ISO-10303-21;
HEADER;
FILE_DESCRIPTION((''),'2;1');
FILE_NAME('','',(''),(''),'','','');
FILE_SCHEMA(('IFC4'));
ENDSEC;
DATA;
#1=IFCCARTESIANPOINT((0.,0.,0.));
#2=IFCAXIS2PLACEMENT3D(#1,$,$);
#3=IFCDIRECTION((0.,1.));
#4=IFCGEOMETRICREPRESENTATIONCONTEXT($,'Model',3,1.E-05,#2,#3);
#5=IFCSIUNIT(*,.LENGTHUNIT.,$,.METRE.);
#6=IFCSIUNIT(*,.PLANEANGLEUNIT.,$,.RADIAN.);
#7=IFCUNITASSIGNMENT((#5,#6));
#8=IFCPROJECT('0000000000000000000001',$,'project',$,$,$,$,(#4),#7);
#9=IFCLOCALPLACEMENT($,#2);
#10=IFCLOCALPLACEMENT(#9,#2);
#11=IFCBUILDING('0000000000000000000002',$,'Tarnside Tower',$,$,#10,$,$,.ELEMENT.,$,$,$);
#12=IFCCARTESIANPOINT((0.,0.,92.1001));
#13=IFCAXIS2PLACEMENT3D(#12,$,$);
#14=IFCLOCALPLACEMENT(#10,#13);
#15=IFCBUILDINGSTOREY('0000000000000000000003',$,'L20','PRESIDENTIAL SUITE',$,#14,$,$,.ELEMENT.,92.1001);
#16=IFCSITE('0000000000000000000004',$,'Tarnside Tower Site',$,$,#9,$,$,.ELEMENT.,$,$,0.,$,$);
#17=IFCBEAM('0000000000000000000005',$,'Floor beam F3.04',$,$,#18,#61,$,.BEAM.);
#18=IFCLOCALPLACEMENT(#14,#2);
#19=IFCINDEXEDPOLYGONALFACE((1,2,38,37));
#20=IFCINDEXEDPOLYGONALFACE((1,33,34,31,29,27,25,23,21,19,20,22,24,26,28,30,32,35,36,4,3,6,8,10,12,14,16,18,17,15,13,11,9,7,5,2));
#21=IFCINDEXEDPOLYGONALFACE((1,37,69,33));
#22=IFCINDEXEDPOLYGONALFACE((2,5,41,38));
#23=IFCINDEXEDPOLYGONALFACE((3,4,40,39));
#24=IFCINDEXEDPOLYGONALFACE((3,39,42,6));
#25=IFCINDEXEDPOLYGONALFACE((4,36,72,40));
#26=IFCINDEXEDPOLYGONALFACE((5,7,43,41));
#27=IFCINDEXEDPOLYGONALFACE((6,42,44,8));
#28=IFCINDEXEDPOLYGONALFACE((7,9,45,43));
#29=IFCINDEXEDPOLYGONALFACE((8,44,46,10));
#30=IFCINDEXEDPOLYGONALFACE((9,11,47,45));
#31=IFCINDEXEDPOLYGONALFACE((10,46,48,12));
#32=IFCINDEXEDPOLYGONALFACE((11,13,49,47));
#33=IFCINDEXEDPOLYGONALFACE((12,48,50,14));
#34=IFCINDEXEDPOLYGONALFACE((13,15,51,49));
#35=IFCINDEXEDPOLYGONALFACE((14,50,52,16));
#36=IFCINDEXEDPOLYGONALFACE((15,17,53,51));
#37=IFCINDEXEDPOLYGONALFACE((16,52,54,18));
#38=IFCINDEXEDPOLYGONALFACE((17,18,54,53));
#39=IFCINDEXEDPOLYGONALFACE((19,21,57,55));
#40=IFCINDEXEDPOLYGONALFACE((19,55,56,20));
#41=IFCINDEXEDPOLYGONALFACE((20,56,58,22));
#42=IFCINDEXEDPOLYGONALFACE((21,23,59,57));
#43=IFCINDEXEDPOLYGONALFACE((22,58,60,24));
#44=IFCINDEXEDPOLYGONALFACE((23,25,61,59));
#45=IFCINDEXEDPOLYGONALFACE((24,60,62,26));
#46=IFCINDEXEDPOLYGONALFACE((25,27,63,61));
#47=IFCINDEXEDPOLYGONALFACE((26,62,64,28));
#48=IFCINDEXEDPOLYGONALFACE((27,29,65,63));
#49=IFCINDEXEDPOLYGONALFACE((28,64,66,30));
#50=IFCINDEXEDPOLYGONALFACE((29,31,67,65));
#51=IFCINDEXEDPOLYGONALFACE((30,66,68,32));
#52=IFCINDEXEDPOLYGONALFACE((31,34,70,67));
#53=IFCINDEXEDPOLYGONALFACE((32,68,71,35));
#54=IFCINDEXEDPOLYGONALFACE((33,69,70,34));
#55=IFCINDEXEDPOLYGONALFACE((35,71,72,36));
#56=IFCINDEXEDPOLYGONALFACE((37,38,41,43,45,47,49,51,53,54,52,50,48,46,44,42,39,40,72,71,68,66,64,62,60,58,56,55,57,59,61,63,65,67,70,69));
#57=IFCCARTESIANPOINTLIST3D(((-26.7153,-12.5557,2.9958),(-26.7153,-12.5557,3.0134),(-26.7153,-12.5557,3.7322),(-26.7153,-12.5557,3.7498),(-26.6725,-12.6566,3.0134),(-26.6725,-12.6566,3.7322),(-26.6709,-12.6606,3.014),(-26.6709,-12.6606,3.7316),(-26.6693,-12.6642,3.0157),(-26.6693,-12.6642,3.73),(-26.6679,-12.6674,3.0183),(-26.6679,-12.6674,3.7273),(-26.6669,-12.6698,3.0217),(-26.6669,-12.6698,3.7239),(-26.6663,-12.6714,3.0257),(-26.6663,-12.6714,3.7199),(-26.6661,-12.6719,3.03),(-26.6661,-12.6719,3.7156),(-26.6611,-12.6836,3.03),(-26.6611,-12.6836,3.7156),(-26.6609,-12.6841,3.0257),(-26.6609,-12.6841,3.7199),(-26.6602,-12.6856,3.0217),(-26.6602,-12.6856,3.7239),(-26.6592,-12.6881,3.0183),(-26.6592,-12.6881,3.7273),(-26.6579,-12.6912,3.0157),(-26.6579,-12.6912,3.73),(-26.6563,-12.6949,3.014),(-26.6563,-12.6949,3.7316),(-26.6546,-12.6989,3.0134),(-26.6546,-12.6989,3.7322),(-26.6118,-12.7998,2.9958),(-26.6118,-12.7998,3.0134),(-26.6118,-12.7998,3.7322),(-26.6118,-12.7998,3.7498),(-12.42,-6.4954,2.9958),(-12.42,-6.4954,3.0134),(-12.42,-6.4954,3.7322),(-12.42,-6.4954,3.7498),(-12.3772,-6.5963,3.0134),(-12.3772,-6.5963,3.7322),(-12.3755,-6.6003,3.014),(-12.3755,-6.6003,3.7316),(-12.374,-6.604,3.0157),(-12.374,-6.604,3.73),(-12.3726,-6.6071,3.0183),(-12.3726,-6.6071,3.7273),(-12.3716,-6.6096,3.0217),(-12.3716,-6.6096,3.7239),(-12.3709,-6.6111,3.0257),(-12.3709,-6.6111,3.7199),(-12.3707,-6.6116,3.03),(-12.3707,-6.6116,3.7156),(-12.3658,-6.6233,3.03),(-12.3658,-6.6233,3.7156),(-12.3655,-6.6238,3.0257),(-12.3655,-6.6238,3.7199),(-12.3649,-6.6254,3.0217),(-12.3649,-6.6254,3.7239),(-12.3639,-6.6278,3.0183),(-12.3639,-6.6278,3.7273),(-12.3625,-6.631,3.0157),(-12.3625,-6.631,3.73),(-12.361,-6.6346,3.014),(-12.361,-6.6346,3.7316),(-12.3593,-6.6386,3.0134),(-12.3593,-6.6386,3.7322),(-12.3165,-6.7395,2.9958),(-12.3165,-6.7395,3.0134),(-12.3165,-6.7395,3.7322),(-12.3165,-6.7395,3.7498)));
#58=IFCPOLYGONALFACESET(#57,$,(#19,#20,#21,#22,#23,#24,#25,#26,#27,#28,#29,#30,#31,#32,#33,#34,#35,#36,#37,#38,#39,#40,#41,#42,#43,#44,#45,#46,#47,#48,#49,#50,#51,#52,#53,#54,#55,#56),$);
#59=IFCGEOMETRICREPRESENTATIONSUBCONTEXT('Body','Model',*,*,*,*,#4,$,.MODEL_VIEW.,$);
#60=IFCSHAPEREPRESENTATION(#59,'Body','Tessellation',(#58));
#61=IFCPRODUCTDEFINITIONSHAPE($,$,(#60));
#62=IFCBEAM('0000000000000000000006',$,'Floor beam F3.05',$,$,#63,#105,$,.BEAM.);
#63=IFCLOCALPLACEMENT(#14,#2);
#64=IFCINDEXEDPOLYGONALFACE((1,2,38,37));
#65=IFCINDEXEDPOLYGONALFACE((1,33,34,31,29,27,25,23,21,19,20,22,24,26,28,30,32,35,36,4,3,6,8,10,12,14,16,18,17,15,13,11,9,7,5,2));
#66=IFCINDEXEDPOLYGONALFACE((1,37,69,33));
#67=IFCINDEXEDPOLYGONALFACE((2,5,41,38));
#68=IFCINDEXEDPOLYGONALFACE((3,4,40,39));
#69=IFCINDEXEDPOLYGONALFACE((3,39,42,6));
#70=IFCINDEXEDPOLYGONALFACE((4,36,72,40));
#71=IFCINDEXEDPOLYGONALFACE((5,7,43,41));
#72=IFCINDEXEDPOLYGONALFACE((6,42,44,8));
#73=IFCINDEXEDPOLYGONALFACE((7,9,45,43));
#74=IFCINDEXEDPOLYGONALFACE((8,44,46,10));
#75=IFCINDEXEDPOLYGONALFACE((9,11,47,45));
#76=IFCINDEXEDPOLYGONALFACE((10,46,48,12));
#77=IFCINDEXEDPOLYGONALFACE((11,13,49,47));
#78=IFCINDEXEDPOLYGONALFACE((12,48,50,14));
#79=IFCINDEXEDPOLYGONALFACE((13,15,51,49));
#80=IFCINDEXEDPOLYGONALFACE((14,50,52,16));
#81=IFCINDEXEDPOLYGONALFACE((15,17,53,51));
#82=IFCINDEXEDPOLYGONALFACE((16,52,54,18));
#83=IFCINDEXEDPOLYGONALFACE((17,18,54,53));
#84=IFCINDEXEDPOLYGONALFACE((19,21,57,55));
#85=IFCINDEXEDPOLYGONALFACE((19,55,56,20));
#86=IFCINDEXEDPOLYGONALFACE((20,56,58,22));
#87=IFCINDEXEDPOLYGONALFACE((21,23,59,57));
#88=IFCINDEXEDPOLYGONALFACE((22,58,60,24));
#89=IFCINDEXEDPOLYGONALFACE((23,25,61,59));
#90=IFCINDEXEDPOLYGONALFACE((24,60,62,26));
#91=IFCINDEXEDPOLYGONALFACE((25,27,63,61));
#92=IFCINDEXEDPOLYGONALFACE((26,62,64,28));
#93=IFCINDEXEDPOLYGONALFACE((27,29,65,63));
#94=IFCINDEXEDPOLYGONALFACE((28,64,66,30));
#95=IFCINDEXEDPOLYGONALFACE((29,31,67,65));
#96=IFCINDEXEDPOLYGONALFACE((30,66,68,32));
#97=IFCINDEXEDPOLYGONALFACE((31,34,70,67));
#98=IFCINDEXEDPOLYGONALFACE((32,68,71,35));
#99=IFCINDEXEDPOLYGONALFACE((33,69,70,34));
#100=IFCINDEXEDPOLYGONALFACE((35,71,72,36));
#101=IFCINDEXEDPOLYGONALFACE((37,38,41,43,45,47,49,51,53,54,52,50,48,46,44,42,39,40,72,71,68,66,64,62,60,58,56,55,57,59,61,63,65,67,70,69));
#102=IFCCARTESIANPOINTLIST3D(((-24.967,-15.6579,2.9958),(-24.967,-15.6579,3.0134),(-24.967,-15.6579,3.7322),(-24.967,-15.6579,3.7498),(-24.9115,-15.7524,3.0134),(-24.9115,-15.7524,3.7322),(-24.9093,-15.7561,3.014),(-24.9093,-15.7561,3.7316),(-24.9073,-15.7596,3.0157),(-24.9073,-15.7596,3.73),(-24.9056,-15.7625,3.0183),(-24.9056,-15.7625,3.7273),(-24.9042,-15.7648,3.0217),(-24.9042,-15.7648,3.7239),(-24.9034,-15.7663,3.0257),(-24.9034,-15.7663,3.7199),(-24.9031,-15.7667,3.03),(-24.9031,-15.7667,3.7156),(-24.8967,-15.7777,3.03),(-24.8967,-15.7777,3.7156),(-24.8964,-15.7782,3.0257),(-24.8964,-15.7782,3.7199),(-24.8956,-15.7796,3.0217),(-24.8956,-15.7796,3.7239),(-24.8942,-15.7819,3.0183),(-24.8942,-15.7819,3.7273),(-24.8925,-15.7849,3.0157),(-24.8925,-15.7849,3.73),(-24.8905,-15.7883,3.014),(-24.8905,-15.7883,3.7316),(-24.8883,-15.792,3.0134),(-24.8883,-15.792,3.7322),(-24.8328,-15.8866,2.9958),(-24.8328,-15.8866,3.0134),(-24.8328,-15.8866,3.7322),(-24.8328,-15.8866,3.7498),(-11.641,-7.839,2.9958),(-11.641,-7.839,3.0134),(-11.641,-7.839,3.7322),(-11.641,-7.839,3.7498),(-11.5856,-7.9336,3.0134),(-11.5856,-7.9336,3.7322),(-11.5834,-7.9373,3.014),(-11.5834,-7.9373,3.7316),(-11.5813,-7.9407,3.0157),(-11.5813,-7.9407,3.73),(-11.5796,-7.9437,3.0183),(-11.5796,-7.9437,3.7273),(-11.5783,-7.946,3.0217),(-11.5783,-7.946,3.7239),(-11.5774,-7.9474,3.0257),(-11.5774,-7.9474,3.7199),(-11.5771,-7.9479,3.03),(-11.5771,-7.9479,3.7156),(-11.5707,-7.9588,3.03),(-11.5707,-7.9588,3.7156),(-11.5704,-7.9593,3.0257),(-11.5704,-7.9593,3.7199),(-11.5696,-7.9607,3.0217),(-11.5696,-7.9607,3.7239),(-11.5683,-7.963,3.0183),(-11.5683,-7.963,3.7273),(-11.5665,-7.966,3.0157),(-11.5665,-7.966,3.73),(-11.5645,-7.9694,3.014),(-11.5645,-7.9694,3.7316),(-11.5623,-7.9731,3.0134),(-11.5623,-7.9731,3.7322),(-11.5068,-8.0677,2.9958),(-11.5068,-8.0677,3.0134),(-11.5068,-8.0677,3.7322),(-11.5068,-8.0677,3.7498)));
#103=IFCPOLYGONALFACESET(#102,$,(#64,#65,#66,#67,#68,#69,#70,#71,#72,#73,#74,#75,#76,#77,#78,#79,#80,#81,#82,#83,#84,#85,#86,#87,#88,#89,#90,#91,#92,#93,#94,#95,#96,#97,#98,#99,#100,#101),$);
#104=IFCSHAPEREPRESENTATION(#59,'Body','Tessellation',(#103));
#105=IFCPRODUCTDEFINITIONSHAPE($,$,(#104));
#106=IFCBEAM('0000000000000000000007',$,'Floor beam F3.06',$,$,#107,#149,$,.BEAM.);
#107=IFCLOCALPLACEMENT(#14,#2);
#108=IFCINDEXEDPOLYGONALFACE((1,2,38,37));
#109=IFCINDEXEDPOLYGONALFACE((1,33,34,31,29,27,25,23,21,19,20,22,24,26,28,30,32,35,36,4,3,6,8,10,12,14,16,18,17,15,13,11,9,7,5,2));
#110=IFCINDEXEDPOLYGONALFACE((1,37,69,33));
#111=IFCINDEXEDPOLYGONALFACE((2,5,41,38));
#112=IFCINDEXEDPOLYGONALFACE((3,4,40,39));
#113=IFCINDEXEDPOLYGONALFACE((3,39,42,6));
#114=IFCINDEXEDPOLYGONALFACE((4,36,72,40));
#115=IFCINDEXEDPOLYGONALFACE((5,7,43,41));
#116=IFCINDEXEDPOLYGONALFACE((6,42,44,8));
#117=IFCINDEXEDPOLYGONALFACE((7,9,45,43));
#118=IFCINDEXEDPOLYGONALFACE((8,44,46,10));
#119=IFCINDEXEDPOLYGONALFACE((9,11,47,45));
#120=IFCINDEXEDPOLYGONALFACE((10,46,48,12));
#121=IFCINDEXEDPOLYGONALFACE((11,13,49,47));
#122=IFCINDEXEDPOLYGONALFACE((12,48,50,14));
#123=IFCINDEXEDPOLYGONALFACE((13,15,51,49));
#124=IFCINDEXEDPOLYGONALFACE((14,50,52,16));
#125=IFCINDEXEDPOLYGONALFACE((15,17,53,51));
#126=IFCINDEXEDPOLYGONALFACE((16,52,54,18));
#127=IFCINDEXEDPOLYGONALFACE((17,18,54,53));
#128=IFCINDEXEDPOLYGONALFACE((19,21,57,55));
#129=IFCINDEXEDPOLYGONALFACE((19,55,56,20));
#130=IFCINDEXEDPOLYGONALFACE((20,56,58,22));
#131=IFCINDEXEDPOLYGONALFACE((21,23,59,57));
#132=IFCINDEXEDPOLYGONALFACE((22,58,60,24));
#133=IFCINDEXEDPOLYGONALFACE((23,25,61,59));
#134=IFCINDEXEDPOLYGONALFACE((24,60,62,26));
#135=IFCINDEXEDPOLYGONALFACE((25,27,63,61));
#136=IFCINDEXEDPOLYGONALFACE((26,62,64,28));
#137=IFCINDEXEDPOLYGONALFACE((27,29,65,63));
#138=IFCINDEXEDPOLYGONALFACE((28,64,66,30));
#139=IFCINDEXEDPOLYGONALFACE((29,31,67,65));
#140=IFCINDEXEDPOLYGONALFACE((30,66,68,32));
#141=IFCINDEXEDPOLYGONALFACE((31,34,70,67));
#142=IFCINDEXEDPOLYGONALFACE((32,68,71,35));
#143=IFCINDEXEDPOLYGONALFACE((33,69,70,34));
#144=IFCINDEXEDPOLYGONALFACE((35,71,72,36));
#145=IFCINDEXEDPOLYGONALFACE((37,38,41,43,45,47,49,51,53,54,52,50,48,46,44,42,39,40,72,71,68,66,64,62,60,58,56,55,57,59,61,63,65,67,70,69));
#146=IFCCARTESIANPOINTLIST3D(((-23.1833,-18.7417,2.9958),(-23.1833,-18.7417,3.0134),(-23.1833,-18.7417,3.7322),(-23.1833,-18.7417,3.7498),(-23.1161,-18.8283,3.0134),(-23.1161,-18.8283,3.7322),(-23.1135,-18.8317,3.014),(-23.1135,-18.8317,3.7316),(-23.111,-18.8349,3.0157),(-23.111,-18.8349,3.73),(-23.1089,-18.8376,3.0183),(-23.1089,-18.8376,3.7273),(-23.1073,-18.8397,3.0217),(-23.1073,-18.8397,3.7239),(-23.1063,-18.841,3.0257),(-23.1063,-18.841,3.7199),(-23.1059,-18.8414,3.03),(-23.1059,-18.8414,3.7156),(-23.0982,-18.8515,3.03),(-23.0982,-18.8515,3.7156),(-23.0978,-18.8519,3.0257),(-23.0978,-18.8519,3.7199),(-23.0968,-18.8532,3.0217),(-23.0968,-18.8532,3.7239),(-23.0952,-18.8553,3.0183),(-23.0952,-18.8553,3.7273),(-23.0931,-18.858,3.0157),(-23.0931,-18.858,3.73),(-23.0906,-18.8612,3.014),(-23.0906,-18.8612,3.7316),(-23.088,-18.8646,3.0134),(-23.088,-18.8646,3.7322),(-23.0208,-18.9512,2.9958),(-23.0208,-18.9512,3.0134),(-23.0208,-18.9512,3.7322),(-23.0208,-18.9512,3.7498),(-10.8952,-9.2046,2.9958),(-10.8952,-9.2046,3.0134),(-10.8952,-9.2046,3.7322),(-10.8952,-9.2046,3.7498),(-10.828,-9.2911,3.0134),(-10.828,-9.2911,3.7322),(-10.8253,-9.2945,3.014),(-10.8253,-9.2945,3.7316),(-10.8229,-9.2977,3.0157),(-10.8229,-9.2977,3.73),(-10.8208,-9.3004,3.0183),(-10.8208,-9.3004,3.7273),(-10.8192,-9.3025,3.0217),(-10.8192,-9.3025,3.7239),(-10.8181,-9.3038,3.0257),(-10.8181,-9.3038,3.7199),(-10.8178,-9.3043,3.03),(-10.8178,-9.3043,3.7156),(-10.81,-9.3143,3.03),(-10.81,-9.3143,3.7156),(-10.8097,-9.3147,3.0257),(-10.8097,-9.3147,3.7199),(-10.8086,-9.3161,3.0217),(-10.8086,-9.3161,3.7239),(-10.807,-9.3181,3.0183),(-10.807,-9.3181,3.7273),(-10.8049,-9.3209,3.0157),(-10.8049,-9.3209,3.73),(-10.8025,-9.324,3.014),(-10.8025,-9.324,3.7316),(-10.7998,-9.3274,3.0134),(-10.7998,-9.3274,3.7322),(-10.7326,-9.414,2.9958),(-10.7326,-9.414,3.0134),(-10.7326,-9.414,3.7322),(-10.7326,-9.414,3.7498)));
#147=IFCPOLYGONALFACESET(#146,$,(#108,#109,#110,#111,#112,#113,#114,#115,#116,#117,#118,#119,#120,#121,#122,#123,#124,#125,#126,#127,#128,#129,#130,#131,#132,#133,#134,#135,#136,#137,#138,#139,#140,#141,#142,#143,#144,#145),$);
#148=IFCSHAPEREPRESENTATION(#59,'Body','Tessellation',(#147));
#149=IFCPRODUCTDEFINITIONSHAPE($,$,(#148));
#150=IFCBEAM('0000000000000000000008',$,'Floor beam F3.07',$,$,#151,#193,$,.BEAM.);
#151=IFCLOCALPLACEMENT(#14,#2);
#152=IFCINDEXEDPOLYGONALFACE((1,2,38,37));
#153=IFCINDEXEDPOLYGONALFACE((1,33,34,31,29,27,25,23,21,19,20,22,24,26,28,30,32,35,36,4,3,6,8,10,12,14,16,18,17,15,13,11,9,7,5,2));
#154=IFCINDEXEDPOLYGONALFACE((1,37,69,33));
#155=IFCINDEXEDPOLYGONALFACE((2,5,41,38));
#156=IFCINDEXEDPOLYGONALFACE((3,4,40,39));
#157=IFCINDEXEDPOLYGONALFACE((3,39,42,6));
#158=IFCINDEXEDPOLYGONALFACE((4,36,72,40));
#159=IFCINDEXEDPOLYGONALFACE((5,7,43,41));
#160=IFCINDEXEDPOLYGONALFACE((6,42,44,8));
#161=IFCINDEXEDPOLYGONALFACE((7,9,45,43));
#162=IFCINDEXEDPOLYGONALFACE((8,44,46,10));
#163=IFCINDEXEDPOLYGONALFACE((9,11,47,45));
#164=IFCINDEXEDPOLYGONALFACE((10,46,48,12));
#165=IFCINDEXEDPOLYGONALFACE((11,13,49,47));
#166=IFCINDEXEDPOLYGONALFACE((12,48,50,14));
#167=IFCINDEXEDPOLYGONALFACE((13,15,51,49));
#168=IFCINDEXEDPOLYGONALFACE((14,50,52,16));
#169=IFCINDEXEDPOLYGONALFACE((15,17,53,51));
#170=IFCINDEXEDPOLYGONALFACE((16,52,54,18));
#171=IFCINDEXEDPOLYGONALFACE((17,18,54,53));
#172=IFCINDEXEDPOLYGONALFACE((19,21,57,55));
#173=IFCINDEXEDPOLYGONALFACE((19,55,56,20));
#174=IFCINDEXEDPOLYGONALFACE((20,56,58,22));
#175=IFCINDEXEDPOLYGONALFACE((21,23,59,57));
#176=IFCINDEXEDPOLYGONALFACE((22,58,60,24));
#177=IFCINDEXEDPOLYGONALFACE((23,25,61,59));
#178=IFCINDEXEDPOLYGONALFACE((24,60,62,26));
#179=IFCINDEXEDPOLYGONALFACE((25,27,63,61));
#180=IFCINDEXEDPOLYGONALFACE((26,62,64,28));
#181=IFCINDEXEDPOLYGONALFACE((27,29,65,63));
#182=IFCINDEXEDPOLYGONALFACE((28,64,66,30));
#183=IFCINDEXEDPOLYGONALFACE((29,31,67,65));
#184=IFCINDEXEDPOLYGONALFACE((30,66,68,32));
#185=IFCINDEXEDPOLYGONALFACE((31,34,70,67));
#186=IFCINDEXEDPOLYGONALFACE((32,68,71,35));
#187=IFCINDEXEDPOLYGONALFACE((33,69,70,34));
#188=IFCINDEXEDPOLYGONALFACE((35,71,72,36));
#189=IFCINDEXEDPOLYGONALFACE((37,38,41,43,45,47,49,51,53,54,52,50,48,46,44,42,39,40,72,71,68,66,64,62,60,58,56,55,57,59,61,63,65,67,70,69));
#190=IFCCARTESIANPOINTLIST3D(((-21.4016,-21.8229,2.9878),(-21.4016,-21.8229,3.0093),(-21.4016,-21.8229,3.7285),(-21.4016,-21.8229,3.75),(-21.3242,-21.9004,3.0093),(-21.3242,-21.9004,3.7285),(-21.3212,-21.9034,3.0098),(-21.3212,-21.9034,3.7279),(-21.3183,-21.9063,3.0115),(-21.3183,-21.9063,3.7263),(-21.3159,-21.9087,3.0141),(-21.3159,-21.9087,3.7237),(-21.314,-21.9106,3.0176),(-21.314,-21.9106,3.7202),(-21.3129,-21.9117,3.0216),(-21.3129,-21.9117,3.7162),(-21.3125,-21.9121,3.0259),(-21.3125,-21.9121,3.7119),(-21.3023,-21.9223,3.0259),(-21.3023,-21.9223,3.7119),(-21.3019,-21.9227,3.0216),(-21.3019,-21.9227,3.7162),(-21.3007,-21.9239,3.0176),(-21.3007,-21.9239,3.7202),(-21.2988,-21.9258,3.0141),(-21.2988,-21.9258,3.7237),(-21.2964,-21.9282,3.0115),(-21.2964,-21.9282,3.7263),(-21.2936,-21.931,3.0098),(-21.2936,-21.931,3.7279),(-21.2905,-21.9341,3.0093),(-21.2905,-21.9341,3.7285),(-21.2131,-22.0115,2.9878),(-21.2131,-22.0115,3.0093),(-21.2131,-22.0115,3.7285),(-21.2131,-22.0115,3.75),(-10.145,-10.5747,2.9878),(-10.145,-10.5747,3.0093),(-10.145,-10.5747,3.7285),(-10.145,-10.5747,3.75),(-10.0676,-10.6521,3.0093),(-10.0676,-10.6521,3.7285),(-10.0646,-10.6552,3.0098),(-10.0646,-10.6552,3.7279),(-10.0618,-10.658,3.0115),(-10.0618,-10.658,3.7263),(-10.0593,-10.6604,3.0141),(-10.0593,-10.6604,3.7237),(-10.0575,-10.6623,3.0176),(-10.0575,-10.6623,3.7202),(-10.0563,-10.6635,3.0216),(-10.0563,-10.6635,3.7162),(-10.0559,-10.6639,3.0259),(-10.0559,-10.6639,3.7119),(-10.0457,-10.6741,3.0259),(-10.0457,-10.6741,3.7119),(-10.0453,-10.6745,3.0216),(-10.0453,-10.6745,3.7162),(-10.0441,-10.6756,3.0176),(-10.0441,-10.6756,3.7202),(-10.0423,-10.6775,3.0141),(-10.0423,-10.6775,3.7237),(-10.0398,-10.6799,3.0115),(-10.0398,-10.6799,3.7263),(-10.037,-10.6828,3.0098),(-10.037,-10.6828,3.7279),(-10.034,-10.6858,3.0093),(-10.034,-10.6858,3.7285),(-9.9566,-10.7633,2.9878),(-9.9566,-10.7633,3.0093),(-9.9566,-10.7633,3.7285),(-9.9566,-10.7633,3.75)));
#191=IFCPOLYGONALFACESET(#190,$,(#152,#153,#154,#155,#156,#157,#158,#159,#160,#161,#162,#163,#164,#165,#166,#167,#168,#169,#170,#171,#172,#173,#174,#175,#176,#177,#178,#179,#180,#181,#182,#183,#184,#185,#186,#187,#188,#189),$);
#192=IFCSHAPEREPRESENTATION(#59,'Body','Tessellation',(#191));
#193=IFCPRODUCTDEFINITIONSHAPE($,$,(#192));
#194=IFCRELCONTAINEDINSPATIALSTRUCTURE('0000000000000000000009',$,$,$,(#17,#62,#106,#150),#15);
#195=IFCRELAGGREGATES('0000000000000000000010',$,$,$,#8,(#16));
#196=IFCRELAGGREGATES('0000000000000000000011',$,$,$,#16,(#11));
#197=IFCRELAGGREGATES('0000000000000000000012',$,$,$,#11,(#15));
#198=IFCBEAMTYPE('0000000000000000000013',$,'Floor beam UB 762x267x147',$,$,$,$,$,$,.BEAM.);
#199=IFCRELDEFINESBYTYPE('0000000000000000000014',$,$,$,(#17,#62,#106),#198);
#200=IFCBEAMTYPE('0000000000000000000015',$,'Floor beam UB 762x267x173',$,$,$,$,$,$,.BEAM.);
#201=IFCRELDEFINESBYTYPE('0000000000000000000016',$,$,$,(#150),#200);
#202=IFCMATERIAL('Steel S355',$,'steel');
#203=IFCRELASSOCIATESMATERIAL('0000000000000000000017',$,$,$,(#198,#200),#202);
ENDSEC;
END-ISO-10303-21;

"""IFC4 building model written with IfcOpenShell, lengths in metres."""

from ifc_helpers import new_model, si_unit, direction, frame, origin, origin_2d, place, context, subcontext, project, spatial, i_section, extrude, material, material_profile, profile_set, type_object, element, save


model = new_model("IFC4")

# Units and contexts
model_context = context("Model", 3, precision=1e-05, world=origin(), true_north=direction((0.0, 1.0)))
body_context = subcontext(model_context, "Body", "Model", "MODEL_VIEW")
ifc_project = project(units=[si_unit("LENGTHUNIT", "METRE"), si_unit("PLANEANGLEUNIT", "RADIAN")], contexts=[model_context])

# Site, building, storey
site_placement = place(None, origin())
site = spatial("IfcSite", under=ifc_project, at=site_placement, Name="Tarnside Tower Site", CompositionType="ELEMENT", RefElevation=0.0)
building_placement = place(site_placement, origin())
building = spatial("IfcBuilding", under=site, at=building_placement, Name="Tarnside Tower", CompositionType="ELEMENT")
storey_placement = place(building_placement, frame((0.0, 0.0, 92.1001)))
storey = spatial("IfcBuildingStorey", under=building, at=storey_placement, Name="L20", Description="PRESIDENTIAL SUITE", CompositionType="ELEMENT", Elevation=92.1001)

# Beams
ifc_material_1 = material(Name="Steel S355", Category="steel")
ifc_material_profile_1 = material_profile(ifc_material_1, i_section(OverallWidth=0.2651, OverallDepth=0.7539, WebThickness=0.0127, FlangeThickness=0.0176, FilletRadius=0.0166, at=origin_2d()), Name="UB 762x267x147")
ifc_profile_set_1 = profile_set([ifc_material_profile_1], Name="Steel S355")
beam_type_1 = type_object("IfcBeamType", Name="Floor beam UB 762x267x147", PredefinedType="BEAM", material=ifc_profile_set_1)
beam_1_placement = place(storey_placement, frame((-26.6636, -12.6777, 3.3728), z_axis=(0.920684, 0.390309, 0.0), x_axis=(-0.390309, 0.920684, 0.0)))
element("IfcBeam", 1, at=beam_1_placement, inside=storey, type_object=beam_type_1, Name="Floor beam F3.04", PredefinedType="BEAM", context=body_context, shape_type="SweptSolid", body=[
    extrude(i_section(OverallWidth=0.2651, OverallDepth=0.7539, WebThickness=0.0127, FlangeThickness=0.0176, FilletRadius=0.0166, at=origin_2d()), origin(), (0.0, 0.0, 1.0), 15.5269),
])
beam_2_placement = place(storey_placement, frame((-24.8999, -15.7722, 3.3728), z_axis=(0.862498, 0.506061, 0.0), x_axis=(-0.506061, 0.862498, 0.0)))
element("IfcBeam", 2, at=beam_2_placement, inside=storey, type_object=beam_type_1, Name="Floor beam F3.05", PredefinedType="BEAM", context=body_context, shape_type="SweptSolid", body=[
    extrude(i_section(OverallWidth=0.2651, OverallDepth=0.7539, WebThickness=0.0127, FlangeThickness=0.0176, FilletRadius=0.0166, at=origin_2d()), origin(), (0.0, 0.0, 1.0), 15.4504),
])
beam_3_placement = place(storey_placement, frame((-23.1021, -18.8464, 3.3728), z_axis=(0.789984, 0.613128, 0.0), x_axis=(-0.613128, 0.789984, 0.0)))
element("IfcBeam", 3, at=beam_3_placement, inside=storey, type_object=beam_type_1, Name="Floor beam F3.06", PredefinedType="BEAM", context=body_context, shape_type="SweptSolid", body=[
    extrude(i_section(OverallWidth=0.2651, OverallDepth=0.7539, WebThickness=0.0127, FlangeThickness=0.0176, FilletRadius=0.0166, at=origin_2d()), origin(), (0.0, 0.0, 1.0), 15.5549),
])
ifc_material_profile_2 = material_profile(ifc_material_1, i_section(OverallWidth=0.2666, OverallDepth=0.7622, WebThickness=0.0144, FlangeThickness=0.0215, FilletRadius=0.0166, at=origin_2d()), Name="UB 762x267x173")
ifc_profile_set_2 = profile_set([ifc_material_profile_2], Name="Steel S355")
beam_type_2 = type_object("IfcBeamType", Name="Floor beam UB 762x267x173", PredefinedType="BEAM", material=ifc_profile_set_2)
beam_4_placement = place(storey_placement, frame((-21.3074, -21.9172, 3.3689), z_axis=(0.707368, 0.706846, 0.0), x_axis=(-0.706846, 0.707368, 0.0)))
element("IfcBeam", 4, at=beam_4_placement, inside=storey, type_object=beam_type_2, Name="Floor beam F3.07", PredefinedType="BEAM", context=body_context, shape_type="SweptSolid", body=[
    extrude(i_section(OverallWidth=0.2666, OverallDepth=0.7622, WebThickness=0.0144, FlangeThickness=0.0215, FilletRadius=0.0166, at=origin_2d()), origin(), (0.0, 0.0, 1.0), 15.9133),
])

save(model, "model.ifc")
